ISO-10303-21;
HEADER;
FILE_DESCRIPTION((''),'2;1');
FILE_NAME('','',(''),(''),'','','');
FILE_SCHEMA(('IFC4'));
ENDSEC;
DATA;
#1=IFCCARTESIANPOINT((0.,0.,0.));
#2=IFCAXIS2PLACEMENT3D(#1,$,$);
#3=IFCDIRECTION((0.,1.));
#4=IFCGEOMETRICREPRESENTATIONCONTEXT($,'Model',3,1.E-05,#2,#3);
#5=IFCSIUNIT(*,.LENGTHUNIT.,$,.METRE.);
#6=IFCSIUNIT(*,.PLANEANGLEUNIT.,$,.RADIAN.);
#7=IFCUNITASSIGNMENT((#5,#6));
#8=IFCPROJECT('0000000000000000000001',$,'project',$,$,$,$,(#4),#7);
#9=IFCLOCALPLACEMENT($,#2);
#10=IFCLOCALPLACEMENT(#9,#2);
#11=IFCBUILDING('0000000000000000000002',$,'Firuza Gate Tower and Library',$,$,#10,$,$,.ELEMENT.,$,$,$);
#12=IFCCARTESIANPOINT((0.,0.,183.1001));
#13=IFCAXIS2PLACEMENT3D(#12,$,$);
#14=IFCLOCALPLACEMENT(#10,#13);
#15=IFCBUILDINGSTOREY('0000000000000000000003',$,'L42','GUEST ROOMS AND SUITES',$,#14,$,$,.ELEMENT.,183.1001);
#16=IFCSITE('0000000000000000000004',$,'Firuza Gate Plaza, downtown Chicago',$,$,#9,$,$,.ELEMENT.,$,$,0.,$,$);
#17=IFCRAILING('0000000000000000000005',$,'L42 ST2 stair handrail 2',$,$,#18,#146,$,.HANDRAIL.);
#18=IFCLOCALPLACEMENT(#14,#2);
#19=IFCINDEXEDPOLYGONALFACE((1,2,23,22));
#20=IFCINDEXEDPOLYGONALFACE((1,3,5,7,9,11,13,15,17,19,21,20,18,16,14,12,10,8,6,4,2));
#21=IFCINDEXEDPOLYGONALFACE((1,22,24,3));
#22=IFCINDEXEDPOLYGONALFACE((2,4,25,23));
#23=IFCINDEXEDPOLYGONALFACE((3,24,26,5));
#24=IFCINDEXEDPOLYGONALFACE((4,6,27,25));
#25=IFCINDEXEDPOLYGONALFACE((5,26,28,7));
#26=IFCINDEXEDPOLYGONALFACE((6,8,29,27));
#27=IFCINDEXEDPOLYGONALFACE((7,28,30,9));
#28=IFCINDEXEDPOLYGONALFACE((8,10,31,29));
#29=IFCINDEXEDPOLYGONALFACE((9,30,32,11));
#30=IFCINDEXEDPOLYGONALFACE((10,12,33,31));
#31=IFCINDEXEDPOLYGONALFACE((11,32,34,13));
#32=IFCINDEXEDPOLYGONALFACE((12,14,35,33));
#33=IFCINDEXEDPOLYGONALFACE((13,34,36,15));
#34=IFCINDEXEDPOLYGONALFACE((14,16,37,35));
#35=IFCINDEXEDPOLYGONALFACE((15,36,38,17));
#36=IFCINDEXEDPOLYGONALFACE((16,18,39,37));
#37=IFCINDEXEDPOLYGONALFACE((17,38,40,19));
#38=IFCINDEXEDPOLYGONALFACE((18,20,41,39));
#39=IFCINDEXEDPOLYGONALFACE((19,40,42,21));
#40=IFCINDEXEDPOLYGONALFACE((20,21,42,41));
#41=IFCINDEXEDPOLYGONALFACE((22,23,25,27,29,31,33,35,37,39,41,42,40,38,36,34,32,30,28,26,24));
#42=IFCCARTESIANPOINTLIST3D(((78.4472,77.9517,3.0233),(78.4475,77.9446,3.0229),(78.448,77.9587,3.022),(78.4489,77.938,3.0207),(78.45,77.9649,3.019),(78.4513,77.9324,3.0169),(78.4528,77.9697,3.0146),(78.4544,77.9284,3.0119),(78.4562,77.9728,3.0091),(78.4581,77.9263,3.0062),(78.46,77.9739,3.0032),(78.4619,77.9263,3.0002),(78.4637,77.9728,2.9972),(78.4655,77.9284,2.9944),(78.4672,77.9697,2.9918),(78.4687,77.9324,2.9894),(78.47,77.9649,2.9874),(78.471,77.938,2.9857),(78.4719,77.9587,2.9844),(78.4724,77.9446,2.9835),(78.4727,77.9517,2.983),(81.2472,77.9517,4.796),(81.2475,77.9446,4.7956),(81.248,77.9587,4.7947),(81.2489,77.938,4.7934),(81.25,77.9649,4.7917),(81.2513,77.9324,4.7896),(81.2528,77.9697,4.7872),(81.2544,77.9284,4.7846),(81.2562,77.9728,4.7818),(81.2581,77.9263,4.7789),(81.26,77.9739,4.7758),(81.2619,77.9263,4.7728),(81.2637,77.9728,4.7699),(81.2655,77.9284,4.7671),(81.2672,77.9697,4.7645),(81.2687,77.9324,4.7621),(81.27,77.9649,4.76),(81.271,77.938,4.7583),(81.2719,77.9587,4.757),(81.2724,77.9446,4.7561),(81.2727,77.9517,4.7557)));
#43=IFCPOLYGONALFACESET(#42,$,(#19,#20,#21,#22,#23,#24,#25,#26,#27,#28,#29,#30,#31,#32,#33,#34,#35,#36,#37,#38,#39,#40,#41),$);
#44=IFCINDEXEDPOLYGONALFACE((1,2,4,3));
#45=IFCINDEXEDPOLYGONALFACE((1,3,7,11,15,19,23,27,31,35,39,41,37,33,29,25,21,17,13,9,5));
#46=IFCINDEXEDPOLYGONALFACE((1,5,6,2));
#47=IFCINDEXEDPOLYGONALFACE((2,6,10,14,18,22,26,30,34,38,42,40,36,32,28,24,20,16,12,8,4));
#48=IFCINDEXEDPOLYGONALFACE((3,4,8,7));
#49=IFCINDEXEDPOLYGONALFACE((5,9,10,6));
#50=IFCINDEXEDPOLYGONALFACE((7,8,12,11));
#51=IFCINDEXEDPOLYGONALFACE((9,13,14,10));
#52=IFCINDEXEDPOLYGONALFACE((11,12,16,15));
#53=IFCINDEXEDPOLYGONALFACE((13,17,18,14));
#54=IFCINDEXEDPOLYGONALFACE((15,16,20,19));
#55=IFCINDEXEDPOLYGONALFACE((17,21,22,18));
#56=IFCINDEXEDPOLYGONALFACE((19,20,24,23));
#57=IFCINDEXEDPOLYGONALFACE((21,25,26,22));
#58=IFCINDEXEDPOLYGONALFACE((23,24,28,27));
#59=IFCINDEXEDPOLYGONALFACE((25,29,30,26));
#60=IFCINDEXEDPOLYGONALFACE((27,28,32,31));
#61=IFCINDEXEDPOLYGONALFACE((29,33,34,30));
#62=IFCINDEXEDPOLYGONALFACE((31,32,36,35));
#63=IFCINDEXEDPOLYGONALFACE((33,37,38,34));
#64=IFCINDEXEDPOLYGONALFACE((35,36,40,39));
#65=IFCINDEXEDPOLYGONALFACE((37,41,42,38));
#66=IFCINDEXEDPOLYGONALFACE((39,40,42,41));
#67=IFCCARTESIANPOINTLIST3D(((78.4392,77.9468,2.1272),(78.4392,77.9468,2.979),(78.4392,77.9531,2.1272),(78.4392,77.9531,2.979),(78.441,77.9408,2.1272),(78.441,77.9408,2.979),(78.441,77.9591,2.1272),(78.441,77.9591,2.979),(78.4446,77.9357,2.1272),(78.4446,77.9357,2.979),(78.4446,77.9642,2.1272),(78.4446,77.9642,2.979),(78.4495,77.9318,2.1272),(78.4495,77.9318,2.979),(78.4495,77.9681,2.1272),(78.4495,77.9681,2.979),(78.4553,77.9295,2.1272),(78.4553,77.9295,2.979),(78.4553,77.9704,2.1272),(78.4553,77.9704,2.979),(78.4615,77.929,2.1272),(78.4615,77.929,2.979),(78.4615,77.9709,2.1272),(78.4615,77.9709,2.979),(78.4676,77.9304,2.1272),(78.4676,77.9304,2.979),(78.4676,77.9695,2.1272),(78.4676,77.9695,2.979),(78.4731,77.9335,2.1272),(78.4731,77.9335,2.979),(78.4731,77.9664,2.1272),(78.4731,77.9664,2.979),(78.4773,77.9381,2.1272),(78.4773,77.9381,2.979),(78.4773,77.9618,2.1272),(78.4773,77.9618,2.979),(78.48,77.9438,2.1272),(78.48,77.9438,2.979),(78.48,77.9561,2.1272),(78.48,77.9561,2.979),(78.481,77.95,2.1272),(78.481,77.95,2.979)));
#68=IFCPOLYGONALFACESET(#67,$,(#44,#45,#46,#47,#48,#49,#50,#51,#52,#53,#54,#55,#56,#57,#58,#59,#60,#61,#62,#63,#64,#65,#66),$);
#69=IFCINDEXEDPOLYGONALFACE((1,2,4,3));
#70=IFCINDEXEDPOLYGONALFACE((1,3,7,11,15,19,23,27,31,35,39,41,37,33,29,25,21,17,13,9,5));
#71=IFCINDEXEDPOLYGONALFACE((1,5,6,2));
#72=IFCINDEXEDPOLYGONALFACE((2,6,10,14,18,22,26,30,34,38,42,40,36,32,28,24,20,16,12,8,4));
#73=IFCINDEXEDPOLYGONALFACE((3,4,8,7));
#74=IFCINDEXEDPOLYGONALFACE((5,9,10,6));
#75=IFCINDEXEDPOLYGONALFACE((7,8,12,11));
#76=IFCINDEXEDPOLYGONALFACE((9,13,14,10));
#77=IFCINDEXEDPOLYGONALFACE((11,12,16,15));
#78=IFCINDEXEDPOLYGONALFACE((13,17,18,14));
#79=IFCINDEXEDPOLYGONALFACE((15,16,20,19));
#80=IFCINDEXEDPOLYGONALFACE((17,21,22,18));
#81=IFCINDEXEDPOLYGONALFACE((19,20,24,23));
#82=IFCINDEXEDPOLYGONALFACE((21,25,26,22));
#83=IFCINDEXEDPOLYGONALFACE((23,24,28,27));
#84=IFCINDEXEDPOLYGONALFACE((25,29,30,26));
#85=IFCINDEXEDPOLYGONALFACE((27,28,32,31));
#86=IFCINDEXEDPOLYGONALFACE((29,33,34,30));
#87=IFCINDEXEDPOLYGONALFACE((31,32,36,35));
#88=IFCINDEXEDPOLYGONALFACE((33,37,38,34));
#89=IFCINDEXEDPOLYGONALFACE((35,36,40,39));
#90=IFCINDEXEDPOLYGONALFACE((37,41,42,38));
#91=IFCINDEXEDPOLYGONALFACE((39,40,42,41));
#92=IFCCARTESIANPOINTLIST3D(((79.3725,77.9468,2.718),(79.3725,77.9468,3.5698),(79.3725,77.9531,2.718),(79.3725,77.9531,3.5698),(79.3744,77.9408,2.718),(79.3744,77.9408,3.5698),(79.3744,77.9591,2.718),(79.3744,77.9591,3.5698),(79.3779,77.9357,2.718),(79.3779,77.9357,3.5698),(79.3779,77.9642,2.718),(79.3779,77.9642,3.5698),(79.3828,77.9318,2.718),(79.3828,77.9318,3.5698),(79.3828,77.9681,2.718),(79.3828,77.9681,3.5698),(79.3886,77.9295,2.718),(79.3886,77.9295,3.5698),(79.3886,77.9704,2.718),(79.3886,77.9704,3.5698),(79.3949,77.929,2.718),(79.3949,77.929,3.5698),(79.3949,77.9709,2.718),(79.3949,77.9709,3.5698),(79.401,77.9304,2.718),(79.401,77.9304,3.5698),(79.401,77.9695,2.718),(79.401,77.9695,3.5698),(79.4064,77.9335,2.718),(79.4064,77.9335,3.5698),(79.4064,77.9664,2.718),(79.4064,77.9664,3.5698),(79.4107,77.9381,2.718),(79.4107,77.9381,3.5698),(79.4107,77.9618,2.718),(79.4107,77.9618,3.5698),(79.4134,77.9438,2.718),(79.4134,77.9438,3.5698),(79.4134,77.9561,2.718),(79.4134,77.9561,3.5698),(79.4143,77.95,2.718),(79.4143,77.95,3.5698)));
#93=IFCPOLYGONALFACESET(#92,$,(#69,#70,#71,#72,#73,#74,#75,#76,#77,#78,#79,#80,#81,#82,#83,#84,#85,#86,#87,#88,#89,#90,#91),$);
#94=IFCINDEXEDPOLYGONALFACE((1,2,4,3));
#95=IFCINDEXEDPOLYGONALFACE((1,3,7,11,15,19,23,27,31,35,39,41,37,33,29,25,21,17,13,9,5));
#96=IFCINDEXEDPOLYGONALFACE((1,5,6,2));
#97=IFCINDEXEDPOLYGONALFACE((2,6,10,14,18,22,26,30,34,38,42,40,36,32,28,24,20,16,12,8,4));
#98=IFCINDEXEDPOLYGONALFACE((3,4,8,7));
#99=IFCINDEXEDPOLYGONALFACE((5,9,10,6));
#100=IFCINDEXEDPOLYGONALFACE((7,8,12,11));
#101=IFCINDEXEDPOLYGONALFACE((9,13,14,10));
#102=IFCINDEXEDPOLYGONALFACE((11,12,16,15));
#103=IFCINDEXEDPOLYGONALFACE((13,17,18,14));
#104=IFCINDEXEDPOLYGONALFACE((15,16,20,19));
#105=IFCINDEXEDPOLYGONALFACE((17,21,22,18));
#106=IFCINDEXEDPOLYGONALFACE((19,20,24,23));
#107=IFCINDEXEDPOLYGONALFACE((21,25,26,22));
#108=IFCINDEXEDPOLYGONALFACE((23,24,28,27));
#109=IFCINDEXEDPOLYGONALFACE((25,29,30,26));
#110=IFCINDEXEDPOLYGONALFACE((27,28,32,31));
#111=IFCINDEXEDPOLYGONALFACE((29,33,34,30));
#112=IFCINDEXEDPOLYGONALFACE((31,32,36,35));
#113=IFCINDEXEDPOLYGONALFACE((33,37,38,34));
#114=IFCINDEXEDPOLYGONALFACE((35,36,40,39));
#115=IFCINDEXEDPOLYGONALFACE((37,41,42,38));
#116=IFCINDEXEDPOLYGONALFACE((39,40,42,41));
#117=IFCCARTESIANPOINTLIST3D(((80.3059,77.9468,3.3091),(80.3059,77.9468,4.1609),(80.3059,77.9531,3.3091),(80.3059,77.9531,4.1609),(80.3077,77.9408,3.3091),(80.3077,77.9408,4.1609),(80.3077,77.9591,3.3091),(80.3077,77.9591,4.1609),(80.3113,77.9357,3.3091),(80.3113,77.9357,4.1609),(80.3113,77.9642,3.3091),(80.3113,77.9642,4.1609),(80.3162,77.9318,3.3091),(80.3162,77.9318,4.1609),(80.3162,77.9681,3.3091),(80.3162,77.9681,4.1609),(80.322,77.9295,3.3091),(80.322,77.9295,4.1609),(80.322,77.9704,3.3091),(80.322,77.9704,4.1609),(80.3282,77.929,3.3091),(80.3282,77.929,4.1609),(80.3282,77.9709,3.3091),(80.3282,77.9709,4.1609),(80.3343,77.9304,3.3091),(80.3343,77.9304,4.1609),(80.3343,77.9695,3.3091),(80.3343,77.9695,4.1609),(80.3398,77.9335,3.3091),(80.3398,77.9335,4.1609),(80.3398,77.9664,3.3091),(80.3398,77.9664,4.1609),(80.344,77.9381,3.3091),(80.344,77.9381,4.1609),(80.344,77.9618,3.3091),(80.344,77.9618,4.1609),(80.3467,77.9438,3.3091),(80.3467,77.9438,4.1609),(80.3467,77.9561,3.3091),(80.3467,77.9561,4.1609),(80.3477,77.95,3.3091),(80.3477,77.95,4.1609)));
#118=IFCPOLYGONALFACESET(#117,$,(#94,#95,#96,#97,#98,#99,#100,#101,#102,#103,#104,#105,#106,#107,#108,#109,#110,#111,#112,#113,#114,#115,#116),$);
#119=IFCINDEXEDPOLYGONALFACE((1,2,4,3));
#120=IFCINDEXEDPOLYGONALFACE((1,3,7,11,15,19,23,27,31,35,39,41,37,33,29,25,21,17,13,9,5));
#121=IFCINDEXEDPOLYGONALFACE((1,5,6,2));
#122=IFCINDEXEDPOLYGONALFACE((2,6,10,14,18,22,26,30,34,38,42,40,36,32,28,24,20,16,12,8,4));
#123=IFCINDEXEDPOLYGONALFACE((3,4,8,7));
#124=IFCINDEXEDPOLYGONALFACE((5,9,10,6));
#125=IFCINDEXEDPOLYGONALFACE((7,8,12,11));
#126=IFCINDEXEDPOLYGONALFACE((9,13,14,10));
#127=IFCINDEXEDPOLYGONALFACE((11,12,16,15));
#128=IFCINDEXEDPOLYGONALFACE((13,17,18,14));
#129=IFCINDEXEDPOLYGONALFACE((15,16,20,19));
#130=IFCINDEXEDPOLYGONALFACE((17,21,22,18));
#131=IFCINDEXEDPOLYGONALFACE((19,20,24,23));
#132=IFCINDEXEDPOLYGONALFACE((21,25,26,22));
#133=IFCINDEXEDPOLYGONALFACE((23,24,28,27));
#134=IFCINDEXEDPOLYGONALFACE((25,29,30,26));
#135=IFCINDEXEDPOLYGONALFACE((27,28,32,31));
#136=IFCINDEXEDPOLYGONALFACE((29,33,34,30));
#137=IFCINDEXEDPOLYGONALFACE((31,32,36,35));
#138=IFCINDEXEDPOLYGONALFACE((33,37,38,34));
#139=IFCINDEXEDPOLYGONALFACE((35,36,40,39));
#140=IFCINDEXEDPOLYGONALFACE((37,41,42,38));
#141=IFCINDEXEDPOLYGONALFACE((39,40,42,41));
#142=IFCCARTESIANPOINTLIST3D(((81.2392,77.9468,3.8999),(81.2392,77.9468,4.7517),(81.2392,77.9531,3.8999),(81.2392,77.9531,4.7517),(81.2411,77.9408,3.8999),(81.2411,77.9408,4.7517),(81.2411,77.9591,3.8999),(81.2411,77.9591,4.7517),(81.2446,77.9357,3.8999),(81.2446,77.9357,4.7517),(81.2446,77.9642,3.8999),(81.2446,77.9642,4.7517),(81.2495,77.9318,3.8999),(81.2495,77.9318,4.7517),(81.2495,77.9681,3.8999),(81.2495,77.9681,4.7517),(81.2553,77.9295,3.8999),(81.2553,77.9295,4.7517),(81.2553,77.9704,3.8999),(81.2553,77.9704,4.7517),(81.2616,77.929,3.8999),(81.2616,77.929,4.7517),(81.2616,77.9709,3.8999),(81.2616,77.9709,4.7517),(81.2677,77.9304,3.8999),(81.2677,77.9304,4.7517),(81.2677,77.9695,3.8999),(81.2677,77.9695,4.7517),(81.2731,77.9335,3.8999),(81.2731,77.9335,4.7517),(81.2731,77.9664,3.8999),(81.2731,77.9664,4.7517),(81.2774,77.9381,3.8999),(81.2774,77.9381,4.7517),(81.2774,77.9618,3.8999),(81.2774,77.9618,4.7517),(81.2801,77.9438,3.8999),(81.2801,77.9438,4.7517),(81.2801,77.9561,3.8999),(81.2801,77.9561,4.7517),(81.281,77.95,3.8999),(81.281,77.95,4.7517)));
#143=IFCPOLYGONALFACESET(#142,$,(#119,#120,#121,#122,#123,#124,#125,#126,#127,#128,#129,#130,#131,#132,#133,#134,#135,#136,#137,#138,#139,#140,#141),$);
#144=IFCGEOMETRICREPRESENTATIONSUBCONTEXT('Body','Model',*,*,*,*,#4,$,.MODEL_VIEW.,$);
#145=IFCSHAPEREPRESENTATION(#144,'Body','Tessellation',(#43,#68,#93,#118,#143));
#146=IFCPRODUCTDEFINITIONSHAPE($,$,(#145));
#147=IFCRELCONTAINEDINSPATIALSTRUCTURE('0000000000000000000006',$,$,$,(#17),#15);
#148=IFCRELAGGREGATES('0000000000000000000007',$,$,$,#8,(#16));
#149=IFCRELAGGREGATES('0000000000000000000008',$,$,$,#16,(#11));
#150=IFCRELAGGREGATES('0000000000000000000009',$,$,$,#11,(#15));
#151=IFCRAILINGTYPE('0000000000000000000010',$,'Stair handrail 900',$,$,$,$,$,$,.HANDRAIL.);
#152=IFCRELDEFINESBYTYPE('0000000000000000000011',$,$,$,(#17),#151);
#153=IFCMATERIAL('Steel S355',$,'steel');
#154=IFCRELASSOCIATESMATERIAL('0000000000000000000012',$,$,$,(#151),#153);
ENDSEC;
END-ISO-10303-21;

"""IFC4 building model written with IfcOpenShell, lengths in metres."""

from ifc_helpers import new_model, si_unit, direction, frame, origin, origin_2d, place, context, subcontext, project, spatial, circle, extrude, material, type_object, element, save


model = new_model("IFC4")

# Units and contexts
model_context = context("Model", 3, precision=1e-05, world=origin(), true_north=direction((0.0, 1.0)))
body_context = subcontext(model_context, "Body", "Model", "MODEL_VIEW")
ifc_project = project(units=[si_unit("LENGTHUNIT", "METRE"), si_unit("PLANEANGLEUNIT", "RADIAN")], contexts=[model_context])

# Site, building, storey
site_placement = place(None, origin())
site = spatial("IfcSite", under=ifc_project, at=site_placement, Name="Firuza Gate Plaza, downtown Chicago", CompositionType="ELEMENT", RefElevation=0.0)
building_placement = place(site_placement, origin())
building = spatial("IfcBuilding", under=site, at=building_placement, Name="Firuza Gate Tower and Library", CompositionType="ELEMENT")
storey_placement = place(building_placement, frame((0.0, 0.0, 183.1001)))
storey = spatial("IfcBuildingStorey", under=building, at=storey_placement, Name="L42", Description="GUEST ROOMS AND SUITES", CompositionType="ELEMENT", Elevation=183.1001)

# Railing
ifc_material_1 = material(Name="Steel S355", Category="steel")
railing_type_1 = type_object("IfcRailingType", Name="Stair handrail 900", PredefinedType="HANDRAIL", material=ifc_material_1)
railing_1_placement = place(storey_placement, frame((78.46, 77.95, 2.1272)))
element("IfcRailing", 1, at=railing_1_placement, inside=storey, type_object=railing_type_1, Name="L42 ST2 stair handrail 2", PredefinedType="HANDRAIL", context=body_context, shape_type="SweptSolid", body=[
    extrude(circle(Radius=0.0239, at=origin_2d()), frame((0.0, 0.0, 0.876), z_axis=(0.844909, 0.0, 0.53491), x_axis=(0.0, 1.0, 0.0)), (0.0, 0.0, 1.0), 3.314),
    extrude(circle(Radius=0.021, at=origin_2d()), origin(), (0.0, 0.0, 1.0), 0.8518),
    extrude(circle(Radius=0.021, at=origin_2d()), frame((0.9333, 0.0, 0.5908)), (0.0, 0.0, 1.0), 0.8518),
    extrude(circle(Radius=0.021, at=origin_2d()), frame((1.8667, 0.0, 1.1819)), (0.0, 0.0, 1.0), 0.8518),
    extrude(circle(Radius=0.021, at=origin_2d()), frame((2.8, 0.0, 1.7727)), (0.0, 0.0, 1.0), 0.8518),
])

save(model, "model.ifc")
